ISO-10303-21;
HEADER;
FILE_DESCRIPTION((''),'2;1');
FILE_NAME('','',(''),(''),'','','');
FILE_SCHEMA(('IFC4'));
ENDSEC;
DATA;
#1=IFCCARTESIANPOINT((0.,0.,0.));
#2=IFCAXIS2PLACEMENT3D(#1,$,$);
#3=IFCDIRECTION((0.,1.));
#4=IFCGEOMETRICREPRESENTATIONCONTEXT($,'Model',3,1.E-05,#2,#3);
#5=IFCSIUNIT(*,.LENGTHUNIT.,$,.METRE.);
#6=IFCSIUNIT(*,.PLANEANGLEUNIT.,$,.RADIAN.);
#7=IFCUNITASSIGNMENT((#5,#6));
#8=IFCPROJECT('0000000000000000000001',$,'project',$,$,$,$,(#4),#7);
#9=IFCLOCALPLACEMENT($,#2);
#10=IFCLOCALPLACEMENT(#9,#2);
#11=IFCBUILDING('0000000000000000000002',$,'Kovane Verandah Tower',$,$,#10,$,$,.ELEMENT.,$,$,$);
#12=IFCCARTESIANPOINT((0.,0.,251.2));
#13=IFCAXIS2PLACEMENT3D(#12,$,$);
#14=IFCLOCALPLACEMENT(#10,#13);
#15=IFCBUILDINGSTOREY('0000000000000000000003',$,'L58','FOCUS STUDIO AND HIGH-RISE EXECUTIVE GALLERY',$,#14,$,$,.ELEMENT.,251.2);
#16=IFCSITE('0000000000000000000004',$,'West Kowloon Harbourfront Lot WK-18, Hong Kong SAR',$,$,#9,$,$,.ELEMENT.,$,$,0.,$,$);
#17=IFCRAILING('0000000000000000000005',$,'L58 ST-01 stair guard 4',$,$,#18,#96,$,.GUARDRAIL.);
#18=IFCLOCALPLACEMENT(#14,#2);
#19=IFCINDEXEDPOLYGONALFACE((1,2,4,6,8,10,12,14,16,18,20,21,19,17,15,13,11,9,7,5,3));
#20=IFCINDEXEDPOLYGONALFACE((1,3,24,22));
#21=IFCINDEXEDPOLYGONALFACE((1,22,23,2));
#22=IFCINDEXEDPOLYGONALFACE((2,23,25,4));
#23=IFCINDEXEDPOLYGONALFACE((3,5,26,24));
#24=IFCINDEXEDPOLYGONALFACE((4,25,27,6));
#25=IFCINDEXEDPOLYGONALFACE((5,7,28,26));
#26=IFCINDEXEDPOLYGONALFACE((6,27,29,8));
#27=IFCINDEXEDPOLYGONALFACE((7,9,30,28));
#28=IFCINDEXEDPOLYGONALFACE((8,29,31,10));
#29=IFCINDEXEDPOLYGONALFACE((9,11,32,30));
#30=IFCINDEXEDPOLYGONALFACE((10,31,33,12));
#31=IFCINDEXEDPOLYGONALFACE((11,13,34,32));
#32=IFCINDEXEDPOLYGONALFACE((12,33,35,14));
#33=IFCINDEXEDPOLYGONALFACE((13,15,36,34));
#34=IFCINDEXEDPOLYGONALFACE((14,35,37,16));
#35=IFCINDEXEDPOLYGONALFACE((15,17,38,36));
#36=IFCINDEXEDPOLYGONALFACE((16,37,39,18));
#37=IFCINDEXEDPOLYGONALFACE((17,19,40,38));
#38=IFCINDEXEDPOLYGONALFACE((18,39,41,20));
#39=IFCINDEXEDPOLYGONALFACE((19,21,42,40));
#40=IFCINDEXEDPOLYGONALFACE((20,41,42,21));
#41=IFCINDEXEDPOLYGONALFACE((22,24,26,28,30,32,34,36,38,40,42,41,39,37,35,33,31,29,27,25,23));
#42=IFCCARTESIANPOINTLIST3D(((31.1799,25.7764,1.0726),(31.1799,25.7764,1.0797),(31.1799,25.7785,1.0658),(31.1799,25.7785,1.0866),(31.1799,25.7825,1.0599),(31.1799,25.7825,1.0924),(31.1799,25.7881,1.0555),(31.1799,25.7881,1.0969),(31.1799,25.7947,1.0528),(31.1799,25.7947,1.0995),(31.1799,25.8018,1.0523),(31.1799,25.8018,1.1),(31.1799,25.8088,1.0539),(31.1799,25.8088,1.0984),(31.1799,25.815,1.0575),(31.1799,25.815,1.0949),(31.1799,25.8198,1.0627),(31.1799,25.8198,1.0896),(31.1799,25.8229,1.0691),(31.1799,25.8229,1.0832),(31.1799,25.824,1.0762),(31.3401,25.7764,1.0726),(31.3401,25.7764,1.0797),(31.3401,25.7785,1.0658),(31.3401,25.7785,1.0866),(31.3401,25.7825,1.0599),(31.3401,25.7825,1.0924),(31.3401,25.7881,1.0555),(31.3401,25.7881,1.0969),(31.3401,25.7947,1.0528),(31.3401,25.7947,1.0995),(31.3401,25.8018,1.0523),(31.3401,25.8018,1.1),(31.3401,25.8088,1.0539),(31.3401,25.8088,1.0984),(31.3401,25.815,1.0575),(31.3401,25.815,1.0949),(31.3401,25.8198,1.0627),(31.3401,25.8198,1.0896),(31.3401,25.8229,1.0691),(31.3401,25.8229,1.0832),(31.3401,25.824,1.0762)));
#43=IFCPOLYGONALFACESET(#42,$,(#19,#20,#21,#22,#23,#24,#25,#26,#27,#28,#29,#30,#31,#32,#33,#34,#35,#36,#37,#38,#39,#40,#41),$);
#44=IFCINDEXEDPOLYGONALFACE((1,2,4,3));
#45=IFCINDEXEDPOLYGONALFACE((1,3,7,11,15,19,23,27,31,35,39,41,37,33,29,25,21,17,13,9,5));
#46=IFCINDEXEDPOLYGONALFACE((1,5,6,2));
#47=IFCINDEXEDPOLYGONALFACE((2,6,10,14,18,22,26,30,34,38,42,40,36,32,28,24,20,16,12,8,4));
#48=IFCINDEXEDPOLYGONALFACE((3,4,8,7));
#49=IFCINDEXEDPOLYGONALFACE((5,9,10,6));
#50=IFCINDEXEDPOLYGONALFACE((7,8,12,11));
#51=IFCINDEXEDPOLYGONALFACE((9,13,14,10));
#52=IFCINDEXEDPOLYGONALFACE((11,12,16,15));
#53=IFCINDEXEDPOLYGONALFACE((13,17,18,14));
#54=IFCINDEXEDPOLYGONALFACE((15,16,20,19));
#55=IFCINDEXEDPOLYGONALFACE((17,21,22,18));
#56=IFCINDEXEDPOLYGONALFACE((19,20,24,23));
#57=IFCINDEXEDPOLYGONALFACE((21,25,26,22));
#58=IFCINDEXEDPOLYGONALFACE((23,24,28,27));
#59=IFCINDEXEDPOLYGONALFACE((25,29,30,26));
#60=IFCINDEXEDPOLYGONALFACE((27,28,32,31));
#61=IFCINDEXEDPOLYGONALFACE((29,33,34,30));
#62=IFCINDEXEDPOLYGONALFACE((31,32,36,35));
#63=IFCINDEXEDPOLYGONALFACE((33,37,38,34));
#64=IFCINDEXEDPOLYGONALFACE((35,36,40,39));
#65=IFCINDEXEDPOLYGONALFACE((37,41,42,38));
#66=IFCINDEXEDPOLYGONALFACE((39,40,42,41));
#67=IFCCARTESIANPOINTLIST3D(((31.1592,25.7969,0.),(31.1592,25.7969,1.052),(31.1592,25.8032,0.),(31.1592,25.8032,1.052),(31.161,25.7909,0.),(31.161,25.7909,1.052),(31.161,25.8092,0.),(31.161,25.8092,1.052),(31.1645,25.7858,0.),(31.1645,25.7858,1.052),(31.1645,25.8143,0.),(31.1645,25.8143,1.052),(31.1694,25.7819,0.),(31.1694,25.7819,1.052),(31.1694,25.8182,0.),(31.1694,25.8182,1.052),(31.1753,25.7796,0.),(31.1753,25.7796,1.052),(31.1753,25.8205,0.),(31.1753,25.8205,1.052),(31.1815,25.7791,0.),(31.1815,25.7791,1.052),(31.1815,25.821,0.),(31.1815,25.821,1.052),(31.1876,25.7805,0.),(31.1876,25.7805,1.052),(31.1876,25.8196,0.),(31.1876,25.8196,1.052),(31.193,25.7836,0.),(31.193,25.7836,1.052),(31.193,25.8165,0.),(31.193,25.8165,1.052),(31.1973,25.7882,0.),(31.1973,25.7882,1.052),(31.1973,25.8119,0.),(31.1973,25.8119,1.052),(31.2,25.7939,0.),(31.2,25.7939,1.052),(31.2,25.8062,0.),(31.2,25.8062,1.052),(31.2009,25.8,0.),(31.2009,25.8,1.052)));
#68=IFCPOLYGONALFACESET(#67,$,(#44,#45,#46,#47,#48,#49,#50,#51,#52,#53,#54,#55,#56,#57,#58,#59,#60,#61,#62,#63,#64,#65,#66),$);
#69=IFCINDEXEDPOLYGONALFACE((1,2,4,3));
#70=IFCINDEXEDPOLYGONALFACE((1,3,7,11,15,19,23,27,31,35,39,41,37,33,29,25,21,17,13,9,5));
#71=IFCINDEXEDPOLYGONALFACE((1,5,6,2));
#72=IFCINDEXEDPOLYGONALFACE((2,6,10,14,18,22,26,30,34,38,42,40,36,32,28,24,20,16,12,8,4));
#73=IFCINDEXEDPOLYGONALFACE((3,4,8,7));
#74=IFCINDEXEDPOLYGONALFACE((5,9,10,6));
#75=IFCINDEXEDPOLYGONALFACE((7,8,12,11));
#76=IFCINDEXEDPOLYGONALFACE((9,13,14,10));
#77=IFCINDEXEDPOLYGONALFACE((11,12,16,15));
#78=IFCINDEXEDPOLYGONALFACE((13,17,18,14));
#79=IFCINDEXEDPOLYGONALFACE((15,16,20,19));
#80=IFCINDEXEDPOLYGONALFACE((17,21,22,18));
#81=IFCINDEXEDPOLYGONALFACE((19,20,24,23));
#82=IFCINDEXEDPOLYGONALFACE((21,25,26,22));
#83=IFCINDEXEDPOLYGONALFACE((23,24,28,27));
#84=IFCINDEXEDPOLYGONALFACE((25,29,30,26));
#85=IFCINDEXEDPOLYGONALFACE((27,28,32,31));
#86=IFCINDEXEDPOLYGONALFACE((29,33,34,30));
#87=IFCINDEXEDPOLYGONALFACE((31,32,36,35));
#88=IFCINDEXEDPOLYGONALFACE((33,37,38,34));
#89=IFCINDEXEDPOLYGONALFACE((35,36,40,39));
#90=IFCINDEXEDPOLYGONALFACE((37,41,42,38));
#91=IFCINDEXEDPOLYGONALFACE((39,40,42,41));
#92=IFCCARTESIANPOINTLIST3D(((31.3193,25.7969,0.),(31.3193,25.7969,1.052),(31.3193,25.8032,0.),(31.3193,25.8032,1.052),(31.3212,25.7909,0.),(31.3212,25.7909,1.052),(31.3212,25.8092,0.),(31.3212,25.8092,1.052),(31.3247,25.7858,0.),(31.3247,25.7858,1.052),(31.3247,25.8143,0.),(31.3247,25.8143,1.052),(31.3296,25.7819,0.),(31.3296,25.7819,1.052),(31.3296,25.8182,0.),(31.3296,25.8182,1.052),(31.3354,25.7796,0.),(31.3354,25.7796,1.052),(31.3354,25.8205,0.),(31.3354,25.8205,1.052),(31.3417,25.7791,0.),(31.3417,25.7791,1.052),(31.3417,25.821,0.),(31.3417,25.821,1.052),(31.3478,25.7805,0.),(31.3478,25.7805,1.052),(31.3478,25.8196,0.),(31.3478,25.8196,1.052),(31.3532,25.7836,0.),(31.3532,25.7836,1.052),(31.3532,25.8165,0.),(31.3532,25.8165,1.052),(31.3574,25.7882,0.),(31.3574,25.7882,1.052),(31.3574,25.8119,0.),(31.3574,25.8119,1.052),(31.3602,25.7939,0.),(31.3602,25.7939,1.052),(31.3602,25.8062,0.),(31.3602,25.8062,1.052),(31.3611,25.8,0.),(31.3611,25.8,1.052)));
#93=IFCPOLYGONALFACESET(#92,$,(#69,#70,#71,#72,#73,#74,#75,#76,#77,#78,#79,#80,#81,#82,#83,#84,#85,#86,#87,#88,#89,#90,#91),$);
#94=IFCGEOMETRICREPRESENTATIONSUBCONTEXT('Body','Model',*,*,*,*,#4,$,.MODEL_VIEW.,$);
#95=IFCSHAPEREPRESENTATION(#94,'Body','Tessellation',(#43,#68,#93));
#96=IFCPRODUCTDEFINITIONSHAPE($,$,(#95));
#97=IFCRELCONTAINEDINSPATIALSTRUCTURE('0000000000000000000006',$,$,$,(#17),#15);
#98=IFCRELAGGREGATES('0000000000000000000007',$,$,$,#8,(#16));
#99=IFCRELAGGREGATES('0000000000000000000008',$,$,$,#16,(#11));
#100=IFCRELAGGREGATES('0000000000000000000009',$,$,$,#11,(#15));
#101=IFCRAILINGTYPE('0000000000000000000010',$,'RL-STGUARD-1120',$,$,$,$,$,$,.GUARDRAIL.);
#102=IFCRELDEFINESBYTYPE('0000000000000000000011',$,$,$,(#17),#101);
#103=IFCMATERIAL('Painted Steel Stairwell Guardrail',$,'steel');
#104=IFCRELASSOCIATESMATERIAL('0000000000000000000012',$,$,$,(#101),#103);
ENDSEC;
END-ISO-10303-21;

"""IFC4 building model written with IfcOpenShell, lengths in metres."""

from ifc_helpers import new_model, si_unit, direction, frame, origin, origin_2d, place, context, subcontext, project, spatial, circle, extrude, material, type_object, element, save


model = new_model("IFC4")

# Units and contexts
model_context = context("Model", 3, precision=1e-05, world=origin(), true_north=direction((0.0, 1.0)))
body_context = subcontext(model_context, "Body", "Model", "MODEL_VIEW")
ifc_project = project(units=[si_unit("LENGTHUNIT", "METRE"), si_unit("PLANEANGLEUNIT", "RADIAN")], contexts=[model_context])

# Site, building, storey
site_placement = place(None, origin())
site = spatial("IfcSite", under=ifc_project, at=site_placement, Name="West Kowloon Harbourfront Lot WK-18, Hong Kong SAR", CompositionType="ELEMENT", RefElevation=0.0)
building_placement = place(site_placement, origin())
building = spatial("IfcBuilding", under=site, at=building_placement, Name="Kovane Verandah Tower", CompositionType="ELEMENT")
storey_placement = place(building_placement, frame((0.0, 0.0, 251.2)))
storey = spatial("IfcBuildingStorey", under=building, at=storey_placement, Name="L58", Description="FOCUS STUDIO AND HIGH-RISE EXECUTIVE GALLERY", CompositionType="ELEMENT", Elevation=251.2)

# Railing
ifc_material_1 = material(Name="Painted Steel Stairwell Guardrail", Category="steel")
railing_type_1 = type_object("IfcRailingType", Name="RL-STGUARD-1120", PredefinedType="GUARDRAIL", material=ifc_material_1)
railing_1_placement = place(storey_placement, frame((31.1799, 25.8, 0.0)))
element("IfcRailing", 1, at=railing_1_placement, inside=storey, type_object=railing_type_1, Name="L58 ST-01 stair guard 4", PredefinedType="GUARDRAIL", context=body_context, shape_type="SweptSolid", body=[
    extrude(circle(Radius=0.0239, at=origin_2d()), frame((0.0, 0.0, 1.0762), z_axis=(1.0, 0.0, 0.0), x_axis=(0.0, 1.0, 0.0)), (0.0, 0.0, 1.0), 0.1602),
    extrude(circle(Radius=0.021, at=origin_2d()), origin(), (0.0, 0.0, 1.0), 1.052),
    extrude(circle(Radius=0.021, at=origin_2d()), frame((0.1602, 0.0, 0.0)), (0.0, 0.0, 1.0), 1.052),
])

save(model, "model.ifc")
